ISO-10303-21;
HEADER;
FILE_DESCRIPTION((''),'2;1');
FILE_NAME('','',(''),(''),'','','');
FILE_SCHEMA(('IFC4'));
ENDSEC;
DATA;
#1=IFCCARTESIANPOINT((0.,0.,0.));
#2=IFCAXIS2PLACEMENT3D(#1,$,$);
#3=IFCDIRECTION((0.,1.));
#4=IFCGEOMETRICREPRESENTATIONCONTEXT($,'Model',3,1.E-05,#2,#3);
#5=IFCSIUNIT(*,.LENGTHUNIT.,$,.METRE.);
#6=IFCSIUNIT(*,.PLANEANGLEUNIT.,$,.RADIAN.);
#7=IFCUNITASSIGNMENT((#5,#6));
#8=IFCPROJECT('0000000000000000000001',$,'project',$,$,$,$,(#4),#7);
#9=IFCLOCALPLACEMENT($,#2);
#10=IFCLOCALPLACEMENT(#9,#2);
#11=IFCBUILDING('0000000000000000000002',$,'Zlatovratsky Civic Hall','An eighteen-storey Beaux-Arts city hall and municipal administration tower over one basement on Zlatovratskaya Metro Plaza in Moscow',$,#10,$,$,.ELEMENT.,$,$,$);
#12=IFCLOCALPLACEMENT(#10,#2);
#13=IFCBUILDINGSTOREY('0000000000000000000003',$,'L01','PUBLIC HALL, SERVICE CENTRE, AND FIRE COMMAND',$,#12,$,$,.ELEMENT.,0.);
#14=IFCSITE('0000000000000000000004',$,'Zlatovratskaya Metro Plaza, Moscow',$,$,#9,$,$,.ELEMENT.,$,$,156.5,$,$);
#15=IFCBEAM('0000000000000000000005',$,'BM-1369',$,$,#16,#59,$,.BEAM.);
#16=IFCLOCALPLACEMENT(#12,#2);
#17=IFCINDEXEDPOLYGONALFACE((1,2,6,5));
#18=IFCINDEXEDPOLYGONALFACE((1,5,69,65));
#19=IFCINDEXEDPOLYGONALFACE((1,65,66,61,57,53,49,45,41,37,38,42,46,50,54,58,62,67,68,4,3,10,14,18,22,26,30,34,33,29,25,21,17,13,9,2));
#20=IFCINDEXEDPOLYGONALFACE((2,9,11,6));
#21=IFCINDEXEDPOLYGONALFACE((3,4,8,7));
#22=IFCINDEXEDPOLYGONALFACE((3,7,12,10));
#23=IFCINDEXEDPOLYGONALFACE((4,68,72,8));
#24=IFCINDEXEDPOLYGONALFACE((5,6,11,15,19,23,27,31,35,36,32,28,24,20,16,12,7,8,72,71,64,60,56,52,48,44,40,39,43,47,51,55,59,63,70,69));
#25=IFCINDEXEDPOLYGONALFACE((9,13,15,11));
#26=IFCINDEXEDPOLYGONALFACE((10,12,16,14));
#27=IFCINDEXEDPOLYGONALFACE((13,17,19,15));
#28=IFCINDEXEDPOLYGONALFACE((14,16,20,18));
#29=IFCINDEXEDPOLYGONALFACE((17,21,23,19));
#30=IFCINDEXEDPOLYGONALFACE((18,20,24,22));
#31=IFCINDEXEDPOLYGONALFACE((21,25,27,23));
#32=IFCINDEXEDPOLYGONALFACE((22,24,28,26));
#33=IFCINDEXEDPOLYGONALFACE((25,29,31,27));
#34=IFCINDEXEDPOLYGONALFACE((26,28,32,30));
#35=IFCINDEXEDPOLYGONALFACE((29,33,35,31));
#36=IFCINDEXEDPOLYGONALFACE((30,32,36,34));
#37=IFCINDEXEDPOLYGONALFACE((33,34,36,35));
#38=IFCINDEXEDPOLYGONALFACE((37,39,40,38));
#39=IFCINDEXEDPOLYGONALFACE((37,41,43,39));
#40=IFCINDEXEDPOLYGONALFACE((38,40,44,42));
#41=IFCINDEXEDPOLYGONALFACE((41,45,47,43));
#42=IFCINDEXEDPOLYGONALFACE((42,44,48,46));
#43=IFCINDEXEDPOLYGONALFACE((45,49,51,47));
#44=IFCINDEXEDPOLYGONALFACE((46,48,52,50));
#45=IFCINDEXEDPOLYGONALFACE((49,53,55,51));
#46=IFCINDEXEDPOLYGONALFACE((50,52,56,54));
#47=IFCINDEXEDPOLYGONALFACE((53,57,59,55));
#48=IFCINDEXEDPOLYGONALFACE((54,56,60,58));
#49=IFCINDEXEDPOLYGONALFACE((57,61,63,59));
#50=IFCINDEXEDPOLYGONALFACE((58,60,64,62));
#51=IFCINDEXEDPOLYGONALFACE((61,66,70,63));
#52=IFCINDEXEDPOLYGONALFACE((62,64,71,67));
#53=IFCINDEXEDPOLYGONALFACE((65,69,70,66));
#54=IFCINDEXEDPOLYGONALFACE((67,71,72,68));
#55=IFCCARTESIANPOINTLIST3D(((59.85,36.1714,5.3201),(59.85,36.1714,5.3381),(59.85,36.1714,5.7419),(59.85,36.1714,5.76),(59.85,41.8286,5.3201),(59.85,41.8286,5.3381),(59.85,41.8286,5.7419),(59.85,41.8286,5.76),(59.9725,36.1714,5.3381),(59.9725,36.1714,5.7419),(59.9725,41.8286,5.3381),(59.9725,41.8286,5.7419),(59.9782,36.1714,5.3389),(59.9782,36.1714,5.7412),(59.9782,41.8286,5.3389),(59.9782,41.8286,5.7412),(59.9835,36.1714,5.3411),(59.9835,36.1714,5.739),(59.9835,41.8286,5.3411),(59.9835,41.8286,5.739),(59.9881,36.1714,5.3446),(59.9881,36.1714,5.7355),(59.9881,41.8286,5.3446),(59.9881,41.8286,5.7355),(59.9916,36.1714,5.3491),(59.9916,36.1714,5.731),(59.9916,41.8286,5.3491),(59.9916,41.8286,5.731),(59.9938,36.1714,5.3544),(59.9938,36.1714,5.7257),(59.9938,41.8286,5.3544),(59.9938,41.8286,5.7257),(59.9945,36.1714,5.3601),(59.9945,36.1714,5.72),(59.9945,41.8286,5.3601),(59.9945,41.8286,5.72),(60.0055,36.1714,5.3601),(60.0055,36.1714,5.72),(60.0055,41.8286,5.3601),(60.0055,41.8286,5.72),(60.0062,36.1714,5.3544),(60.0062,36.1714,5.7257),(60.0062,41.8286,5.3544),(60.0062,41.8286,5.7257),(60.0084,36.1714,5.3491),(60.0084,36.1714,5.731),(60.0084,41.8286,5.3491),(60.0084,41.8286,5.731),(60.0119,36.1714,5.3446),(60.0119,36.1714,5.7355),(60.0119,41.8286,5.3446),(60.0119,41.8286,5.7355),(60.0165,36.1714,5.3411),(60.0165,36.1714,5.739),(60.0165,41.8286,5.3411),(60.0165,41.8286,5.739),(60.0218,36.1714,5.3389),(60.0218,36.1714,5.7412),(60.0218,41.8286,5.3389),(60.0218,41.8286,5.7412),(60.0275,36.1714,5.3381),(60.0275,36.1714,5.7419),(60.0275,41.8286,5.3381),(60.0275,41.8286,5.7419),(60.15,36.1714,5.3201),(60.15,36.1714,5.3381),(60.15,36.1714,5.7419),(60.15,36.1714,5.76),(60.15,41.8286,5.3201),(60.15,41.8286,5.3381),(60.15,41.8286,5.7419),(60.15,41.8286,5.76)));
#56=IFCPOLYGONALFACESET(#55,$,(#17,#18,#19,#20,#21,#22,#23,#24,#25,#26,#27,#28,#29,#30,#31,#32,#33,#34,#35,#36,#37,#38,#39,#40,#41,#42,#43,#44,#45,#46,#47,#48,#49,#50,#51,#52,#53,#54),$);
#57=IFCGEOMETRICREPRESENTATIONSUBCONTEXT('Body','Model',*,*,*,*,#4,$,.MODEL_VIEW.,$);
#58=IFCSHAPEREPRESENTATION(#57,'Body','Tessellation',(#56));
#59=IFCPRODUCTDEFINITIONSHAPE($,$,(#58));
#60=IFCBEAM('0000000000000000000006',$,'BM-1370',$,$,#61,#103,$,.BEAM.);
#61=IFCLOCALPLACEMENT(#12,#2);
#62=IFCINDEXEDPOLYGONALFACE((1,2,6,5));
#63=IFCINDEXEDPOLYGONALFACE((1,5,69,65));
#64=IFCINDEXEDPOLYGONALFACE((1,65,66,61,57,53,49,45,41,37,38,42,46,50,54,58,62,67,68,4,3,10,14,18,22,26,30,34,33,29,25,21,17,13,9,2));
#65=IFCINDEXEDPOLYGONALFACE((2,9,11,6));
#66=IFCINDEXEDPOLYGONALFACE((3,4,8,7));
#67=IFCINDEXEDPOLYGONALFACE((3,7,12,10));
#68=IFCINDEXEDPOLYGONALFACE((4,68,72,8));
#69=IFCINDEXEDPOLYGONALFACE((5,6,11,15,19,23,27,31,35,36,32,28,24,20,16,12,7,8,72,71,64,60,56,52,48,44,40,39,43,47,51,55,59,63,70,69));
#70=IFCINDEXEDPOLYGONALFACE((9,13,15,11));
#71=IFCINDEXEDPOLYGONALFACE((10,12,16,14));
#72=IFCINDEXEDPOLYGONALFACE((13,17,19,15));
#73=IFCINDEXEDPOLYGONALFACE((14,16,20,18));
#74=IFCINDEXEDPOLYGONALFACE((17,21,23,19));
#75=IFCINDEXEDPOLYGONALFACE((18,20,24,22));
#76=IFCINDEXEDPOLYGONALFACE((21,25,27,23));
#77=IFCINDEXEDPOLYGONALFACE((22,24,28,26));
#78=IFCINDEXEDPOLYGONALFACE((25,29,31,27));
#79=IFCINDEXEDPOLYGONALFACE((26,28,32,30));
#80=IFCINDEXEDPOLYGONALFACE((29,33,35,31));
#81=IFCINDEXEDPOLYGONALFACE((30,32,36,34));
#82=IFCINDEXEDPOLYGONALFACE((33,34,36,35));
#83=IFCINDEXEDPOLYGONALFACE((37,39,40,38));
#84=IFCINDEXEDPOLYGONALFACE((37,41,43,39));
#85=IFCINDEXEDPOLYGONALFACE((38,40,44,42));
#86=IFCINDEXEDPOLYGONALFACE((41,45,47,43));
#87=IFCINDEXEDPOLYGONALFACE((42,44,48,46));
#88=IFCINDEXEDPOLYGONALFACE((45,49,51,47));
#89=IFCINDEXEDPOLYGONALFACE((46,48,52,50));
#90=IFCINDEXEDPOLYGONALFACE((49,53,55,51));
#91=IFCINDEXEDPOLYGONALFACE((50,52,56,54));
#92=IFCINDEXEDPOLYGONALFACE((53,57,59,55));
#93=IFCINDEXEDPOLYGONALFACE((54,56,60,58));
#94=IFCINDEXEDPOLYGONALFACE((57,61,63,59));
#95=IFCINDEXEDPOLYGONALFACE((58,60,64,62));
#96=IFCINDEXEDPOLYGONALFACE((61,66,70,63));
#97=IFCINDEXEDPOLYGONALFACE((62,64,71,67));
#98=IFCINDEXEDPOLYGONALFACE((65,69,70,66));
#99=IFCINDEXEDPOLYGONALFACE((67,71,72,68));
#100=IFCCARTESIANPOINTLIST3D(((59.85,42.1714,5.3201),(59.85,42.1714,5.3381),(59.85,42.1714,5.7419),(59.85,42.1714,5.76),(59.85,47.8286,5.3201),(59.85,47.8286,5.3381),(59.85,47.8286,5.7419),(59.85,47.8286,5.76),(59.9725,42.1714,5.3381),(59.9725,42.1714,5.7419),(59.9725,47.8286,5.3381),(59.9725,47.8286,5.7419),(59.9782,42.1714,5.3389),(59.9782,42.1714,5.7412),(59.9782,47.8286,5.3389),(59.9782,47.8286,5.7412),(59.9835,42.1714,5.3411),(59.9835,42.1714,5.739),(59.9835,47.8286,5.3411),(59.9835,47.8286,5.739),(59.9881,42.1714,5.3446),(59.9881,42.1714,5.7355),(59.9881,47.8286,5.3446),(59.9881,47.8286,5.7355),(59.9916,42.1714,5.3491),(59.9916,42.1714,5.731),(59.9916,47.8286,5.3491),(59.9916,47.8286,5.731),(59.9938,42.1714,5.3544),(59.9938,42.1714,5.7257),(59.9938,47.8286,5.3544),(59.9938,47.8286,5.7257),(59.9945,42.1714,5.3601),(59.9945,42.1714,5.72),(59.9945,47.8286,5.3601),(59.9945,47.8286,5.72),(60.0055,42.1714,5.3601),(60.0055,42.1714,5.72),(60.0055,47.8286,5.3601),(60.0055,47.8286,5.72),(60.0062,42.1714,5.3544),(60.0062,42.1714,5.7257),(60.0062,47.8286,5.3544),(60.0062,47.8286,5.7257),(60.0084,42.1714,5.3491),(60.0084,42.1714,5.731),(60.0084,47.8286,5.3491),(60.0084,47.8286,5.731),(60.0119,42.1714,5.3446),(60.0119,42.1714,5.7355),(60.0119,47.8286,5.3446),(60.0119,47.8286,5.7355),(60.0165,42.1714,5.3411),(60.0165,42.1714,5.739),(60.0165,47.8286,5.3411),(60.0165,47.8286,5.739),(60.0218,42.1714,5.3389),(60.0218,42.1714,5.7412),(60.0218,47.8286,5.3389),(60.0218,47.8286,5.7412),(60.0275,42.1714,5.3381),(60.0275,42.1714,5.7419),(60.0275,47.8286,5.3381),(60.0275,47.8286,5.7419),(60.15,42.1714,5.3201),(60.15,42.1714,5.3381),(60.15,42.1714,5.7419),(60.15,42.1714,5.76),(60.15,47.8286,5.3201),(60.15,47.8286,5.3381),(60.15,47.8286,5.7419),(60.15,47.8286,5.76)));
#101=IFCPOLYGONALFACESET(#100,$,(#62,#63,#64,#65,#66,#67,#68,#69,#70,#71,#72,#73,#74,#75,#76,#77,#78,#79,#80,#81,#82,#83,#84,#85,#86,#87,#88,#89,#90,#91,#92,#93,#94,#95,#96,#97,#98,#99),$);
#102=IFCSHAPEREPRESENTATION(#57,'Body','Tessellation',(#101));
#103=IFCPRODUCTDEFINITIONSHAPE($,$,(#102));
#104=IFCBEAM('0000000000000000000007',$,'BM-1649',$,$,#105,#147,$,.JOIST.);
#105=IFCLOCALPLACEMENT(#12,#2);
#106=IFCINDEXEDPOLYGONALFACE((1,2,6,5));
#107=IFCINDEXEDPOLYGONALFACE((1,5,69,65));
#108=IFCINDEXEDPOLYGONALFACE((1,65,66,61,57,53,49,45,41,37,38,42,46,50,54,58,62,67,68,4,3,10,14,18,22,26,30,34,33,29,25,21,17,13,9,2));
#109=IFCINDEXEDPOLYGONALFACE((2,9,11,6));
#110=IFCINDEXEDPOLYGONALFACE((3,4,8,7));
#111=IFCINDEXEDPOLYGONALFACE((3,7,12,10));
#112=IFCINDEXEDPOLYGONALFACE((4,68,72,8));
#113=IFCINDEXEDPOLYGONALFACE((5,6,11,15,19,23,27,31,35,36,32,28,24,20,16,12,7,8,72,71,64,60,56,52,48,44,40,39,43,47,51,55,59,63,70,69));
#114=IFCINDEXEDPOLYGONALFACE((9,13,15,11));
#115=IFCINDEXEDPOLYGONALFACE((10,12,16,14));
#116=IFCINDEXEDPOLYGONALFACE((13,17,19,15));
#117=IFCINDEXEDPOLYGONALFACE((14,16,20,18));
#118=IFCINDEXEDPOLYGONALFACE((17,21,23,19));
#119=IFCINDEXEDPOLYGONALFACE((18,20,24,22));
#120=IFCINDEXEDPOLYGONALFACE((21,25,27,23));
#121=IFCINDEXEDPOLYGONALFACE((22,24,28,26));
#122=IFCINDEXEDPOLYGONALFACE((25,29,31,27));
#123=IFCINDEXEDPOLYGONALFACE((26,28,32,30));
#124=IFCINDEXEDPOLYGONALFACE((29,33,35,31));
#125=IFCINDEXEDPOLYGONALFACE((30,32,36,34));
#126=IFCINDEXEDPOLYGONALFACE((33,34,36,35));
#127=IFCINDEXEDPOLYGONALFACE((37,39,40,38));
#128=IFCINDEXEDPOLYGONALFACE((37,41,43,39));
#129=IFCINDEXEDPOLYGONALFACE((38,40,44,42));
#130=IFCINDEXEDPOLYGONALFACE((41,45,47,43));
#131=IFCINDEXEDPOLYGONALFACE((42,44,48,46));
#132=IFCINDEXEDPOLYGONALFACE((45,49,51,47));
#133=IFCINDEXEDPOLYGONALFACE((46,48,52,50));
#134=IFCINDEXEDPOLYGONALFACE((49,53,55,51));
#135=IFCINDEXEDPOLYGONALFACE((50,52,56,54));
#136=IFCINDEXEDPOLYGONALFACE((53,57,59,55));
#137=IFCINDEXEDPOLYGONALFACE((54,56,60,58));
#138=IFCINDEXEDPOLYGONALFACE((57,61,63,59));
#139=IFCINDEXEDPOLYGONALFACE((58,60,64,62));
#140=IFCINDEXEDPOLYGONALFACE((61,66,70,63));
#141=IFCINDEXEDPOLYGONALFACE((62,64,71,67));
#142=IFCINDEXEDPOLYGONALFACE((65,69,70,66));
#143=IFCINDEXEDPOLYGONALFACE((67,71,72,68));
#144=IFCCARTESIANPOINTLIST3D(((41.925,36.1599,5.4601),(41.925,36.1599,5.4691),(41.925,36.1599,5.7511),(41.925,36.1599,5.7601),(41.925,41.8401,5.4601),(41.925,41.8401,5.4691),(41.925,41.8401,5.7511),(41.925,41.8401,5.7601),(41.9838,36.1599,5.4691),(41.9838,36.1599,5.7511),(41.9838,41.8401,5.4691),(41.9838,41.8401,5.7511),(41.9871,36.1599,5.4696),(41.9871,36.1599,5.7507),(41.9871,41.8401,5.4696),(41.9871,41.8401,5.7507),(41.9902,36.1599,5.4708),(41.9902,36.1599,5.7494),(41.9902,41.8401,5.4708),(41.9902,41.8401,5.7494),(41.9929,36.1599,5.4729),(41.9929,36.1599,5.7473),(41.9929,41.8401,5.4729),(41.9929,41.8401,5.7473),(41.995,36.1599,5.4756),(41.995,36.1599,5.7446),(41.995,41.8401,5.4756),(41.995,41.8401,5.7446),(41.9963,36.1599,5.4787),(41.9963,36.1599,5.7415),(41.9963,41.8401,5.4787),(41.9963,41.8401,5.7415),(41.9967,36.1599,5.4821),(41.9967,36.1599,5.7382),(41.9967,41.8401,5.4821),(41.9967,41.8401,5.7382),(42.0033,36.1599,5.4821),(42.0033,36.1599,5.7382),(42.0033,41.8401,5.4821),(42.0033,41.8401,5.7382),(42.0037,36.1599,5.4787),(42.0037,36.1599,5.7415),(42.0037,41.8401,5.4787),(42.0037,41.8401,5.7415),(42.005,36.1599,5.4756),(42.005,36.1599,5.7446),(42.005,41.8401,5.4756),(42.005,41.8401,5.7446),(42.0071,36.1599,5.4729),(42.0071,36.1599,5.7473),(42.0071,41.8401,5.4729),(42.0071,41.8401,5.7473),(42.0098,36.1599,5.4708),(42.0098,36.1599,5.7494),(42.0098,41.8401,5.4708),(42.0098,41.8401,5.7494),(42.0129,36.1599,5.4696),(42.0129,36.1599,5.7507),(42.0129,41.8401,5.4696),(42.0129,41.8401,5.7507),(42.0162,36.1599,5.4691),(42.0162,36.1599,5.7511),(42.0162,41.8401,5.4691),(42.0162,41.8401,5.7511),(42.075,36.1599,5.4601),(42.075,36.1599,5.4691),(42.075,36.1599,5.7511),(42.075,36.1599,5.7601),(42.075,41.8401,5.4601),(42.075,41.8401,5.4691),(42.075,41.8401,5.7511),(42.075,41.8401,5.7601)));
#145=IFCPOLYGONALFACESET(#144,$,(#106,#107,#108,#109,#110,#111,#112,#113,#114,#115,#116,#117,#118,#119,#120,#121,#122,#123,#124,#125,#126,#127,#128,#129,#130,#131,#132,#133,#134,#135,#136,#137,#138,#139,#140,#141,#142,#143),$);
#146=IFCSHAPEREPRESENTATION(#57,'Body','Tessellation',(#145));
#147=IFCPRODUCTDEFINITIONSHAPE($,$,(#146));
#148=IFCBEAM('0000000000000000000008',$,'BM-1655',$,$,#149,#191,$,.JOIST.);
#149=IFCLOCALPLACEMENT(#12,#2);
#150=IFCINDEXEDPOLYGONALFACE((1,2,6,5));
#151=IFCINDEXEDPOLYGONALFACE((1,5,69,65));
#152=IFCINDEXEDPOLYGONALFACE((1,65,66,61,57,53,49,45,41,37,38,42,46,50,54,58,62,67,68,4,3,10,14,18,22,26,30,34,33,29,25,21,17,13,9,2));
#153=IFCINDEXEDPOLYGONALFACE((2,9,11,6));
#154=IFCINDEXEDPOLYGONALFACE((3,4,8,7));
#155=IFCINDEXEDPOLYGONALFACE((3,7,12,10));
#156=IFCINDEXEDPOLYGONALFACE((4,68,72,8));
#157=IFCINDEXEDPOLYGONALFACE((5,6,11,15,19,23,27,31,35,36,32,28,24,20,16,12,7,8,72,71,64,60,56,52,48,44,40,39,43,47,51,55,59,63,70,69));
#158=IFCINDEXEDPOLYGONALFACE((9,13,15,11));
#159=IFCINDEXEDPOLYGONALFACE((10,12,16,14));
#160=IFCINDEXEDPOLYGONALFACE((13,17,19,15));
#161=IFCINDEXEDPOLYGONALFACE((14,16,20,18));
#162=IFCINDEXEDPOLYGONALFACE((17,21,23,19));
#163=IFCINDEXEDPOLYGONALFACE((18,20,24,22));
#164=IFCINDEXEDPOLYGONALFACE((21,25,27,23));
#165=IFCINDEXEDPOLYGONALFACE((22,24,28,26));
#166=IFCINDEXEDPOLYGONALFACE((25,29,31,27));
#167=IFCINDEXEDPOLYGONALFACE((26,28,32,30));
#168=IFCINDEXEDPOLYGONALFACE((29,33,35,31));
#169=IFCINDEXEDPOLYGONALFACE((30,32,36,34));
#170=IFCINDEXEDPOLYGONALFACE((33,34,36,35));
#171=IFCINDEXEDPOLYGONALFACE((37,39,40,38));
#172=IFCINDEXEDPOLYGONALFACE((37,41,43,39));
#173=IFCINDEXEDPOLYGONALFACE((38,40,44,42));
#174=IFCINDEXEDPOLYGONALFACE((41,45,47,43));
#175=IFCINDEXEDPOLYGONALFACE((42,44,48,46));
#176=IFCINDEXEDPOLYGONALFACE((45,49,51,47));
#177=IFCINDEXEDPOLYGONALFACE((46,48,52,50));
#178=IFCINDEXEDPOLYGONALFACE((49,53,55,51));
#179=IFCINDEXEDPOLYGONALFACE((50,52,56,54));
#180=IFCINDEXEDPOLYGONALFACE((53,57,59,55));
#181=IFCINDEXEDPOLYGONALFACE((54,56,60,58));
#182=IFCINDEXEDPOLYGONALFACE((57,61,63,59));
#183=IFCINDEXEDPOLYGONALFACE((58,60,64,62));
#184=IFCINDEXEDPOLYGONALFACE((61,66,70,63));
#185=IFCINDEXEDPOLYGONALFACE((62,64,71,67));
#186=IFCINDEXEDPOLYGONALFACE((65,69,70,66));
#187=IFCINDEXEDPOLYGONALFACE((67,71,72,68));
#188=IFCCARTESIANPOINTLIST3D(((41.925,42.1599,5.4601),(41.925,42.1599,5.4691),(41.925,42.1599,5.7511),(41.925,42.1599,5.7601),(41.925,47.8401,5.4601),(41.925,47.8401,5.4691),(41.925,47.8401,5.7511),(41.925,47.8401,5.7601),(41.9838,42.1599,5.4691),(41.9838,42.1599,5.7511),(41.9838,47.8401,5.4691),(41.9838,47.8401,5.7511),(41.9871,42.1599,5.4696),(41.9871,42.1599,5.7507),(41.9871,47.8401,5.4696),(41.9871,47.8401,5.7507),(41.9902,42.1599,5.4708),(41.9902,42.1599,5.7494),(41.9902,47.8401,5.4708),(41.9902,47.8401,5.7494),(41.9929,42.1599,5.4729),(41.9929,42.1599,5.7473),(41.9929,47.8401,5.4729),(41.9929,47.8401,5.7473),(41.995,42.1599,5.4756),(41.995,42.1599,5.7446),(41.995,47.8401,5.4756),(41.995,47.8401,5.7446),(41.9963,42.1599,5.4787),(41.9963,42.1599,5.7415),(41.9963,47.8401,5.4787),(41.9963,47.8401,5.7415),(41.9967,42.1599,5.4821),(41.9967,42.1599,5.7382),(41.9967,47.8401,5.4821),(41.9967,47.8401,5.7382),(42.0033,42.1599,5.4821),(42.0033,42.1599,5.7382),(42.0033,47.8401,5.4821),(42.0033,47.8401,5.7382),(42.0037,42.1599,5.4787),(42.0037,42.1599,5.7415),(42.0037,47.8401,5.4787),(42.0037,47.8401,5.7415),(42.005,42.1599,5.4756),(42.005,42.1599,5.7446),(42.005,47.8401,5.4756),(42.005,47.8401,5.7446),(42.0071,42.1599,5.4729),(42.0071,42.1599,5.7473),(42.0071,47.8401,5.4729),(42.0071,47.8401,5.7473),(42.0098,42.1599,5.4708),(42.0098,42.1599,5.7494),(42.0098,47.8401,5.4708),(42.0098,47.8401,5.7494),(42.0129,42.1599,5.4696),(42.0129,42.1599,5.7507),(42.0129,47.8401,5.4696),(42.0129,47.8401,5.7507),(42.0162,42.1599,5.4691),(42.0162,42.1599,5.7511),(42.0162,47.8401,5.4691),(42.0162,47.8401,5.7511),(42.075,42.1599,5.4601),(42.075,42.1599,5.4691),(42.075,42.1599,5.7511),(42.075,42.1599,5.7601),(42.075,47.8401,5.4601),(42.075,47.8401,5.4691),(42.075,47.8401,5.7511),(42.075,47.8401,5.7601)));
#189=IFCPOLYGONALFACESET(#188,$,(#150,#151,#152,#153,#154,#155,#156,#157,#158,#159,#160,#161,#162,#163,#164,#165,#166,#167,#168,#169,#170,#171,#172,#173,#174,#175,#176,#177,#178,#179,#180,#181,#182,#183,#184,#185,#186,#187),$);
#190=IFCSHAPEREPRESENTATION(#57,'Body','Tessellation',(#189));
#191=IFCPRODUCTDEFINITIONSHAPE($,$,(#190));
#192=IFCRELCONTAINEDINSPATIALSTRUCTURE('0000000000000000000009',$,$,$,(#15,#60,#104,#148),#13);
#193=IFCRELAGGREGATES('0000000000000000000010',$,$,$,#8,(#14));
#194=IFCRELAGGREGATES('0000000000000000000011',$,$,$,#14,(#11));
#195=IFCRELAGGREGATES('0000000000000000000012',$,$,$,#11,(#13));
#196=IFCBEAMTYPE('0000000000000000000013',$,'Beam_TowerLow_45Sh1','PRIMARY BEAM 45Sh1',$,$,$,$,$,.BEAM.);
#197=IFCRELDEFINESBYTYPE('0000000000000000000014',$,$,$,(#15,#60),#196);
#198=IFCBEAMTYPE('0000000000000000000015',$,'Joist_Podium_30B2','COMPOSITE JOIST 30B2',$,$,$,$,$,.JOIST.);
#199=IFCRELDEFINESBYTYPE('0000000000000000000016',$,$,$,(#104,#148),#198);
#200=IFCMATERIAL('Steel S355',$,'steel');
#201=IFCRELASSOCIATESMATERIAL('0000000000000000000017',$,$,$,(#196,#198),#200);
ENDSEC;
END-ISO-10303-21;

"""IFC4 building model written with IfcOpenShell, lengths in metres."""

from ifc_helpers import new_model, si_unit, direction, frame, origin, origin_2d, place, context, subcontext, project, spatial, i_section, extrude, material, material_profile, profile_set, type_object, element, save


model = new_model("IFC4")

# Units and contexts
model_context = context("Model", 3, precision=1e-05, world=origin(), true_north=direction((0.0, 1.0)))
body_context = subcontext(model_context, "Body", "Model", "MODEL_VIEW")
ifc_project = project(units=[si_unit("LENGTHUNIT", "METRE"), si_unit("PLANEANGLEUNIT", "RADIAN")], contexts=[model_context])

# Site, building, storey
site_placement = place(None, origin())
site = spatial("IfcSite", under=ifc_project, at=site_placement, Name="Zlatovratskaya Metro Plaza, Moscow", CompositionType="ELEMENT", RefElevation=156.5)
building_placement = place(site_placement, origin())
building = spatial("IfcBuilding", under=site, at=building_placement, Name="Zlatovratsky Civic Hall", Description="An eighteen-storey Beaux-Arts city hall and municipal administration tower over one basement on Zlatovratskaya Metro Plaza in Moscow", CompositionType="ELEMENT")
storey_placement = place(building_placement, origin())
storey = spatial("IfcBuildingStorey", under=building, at=storey_placement, Name="L01", Description="PUBLIC HALL, SERVICE CENTRE, AND FIRE COMMAND", CompositionType="ELEMENT", Elevation=0.0)

# Shared definitions
ifc_material_1 = material(Name="Steel S355", Category="steel")

# Beams
ifc_material_profile_1 = material_profile(ifc_material_1, i_section(OverallWidth=0.3, OverallDepth=0.4399, WebThickness=0.011, FlangeThickness=0.0181, FilletRadius=0.022, at=origin_2d()), Name="45Sh1")
ifc_profile_set_1 = profile_set([ifc_material_profile_1], Name="Steel S355")
beam_type_1 = type_object("IfcBeamType", Name="Beam_TowerLow_45Sh1", Description="PRIMARY BEAM 45Sh1", PredefinedType="BEAM", material=ifc_profile_set_1)
for number, where, z_axis, x_axis, name in (
    (1, (60.0, 36.1714, 5.54), (0.0, 1.0, 0.0), (-1.0, 0.0, 0.0), "BM-1369"),
    (2, (60.0, 42.1714, 5.54), (0.0, 1.0, 0.0), (-1.0, 0.0, 0.0), "BM-1370"),
):
    element("IfcBeam", number, at=place(storey_placement, frame(where, z_axis=z_axis, x_axis=x_axis)), inside=storey, type_object=beam_type_1, Name=name, PredefinedType="BEAM", context=body_context, shape_type="SweptSolid", body=[
        extrude(i_section(OverallWidth=0.3, OverallDepth=0.4399, WebThickness=0.011, FlangeThickness=0.0181, FilletRadius=0.022, at=origin_2d()), origin(), (0.0, 0.0, 1.0), 5.6572),
    ])
ifc_material_profile_2 = material_profile(ifc_material_1, i_section(OverallWidth=0.1499, OverallDepth=0.3, WebThickness=0.0066, FlangeThickness=0.009, FilletRadius=0.0129, at=origin_2d()), Name="30B2")
ifc_profile_set_2 = profile_set([ifc_material_profile_2], Name="Steel S355")
beam_type_2 = type_object("IfcBeamType", Name="Joist_Podium_30B2", Description="COMPOSITE JOIST 30B2", PredefinedType="JOIST", material=ifc_profile_set_2)
for number, where, z_axis, x_axis, name in (
    (3, (42.0, 36.1599, 5.6101), (0.0, 1.0, 0.0), (-1.0, 0.0, 0.0), "BM-1649"),
    (4, (42.0, 42.1599, 5.6101), (0.0, 1.0, 0.0), (-1.0, 0.0, 0.0), "BM-1655"),
):
    element("IfcBeam", number, at=place(storey_placement, frame(where, z_axis=z_axis, x_axis=x_axis)), inside=storey, type_object=beam_type_2, Name=name, PredefinedType="JOIST", context=body_context, shape_type="SweptSolid", body=[
        extrude(i_section(OverallWidth=0.1499, OverallDepth=0.3, WebThickness=0.0066, FlangeThickness=0.009, FilletRadius=0.0129, at=origin_2d()), origin(), (0.0, 0.0, 1.0), 5.6802),
    ])

save(model, "model.ifc")
